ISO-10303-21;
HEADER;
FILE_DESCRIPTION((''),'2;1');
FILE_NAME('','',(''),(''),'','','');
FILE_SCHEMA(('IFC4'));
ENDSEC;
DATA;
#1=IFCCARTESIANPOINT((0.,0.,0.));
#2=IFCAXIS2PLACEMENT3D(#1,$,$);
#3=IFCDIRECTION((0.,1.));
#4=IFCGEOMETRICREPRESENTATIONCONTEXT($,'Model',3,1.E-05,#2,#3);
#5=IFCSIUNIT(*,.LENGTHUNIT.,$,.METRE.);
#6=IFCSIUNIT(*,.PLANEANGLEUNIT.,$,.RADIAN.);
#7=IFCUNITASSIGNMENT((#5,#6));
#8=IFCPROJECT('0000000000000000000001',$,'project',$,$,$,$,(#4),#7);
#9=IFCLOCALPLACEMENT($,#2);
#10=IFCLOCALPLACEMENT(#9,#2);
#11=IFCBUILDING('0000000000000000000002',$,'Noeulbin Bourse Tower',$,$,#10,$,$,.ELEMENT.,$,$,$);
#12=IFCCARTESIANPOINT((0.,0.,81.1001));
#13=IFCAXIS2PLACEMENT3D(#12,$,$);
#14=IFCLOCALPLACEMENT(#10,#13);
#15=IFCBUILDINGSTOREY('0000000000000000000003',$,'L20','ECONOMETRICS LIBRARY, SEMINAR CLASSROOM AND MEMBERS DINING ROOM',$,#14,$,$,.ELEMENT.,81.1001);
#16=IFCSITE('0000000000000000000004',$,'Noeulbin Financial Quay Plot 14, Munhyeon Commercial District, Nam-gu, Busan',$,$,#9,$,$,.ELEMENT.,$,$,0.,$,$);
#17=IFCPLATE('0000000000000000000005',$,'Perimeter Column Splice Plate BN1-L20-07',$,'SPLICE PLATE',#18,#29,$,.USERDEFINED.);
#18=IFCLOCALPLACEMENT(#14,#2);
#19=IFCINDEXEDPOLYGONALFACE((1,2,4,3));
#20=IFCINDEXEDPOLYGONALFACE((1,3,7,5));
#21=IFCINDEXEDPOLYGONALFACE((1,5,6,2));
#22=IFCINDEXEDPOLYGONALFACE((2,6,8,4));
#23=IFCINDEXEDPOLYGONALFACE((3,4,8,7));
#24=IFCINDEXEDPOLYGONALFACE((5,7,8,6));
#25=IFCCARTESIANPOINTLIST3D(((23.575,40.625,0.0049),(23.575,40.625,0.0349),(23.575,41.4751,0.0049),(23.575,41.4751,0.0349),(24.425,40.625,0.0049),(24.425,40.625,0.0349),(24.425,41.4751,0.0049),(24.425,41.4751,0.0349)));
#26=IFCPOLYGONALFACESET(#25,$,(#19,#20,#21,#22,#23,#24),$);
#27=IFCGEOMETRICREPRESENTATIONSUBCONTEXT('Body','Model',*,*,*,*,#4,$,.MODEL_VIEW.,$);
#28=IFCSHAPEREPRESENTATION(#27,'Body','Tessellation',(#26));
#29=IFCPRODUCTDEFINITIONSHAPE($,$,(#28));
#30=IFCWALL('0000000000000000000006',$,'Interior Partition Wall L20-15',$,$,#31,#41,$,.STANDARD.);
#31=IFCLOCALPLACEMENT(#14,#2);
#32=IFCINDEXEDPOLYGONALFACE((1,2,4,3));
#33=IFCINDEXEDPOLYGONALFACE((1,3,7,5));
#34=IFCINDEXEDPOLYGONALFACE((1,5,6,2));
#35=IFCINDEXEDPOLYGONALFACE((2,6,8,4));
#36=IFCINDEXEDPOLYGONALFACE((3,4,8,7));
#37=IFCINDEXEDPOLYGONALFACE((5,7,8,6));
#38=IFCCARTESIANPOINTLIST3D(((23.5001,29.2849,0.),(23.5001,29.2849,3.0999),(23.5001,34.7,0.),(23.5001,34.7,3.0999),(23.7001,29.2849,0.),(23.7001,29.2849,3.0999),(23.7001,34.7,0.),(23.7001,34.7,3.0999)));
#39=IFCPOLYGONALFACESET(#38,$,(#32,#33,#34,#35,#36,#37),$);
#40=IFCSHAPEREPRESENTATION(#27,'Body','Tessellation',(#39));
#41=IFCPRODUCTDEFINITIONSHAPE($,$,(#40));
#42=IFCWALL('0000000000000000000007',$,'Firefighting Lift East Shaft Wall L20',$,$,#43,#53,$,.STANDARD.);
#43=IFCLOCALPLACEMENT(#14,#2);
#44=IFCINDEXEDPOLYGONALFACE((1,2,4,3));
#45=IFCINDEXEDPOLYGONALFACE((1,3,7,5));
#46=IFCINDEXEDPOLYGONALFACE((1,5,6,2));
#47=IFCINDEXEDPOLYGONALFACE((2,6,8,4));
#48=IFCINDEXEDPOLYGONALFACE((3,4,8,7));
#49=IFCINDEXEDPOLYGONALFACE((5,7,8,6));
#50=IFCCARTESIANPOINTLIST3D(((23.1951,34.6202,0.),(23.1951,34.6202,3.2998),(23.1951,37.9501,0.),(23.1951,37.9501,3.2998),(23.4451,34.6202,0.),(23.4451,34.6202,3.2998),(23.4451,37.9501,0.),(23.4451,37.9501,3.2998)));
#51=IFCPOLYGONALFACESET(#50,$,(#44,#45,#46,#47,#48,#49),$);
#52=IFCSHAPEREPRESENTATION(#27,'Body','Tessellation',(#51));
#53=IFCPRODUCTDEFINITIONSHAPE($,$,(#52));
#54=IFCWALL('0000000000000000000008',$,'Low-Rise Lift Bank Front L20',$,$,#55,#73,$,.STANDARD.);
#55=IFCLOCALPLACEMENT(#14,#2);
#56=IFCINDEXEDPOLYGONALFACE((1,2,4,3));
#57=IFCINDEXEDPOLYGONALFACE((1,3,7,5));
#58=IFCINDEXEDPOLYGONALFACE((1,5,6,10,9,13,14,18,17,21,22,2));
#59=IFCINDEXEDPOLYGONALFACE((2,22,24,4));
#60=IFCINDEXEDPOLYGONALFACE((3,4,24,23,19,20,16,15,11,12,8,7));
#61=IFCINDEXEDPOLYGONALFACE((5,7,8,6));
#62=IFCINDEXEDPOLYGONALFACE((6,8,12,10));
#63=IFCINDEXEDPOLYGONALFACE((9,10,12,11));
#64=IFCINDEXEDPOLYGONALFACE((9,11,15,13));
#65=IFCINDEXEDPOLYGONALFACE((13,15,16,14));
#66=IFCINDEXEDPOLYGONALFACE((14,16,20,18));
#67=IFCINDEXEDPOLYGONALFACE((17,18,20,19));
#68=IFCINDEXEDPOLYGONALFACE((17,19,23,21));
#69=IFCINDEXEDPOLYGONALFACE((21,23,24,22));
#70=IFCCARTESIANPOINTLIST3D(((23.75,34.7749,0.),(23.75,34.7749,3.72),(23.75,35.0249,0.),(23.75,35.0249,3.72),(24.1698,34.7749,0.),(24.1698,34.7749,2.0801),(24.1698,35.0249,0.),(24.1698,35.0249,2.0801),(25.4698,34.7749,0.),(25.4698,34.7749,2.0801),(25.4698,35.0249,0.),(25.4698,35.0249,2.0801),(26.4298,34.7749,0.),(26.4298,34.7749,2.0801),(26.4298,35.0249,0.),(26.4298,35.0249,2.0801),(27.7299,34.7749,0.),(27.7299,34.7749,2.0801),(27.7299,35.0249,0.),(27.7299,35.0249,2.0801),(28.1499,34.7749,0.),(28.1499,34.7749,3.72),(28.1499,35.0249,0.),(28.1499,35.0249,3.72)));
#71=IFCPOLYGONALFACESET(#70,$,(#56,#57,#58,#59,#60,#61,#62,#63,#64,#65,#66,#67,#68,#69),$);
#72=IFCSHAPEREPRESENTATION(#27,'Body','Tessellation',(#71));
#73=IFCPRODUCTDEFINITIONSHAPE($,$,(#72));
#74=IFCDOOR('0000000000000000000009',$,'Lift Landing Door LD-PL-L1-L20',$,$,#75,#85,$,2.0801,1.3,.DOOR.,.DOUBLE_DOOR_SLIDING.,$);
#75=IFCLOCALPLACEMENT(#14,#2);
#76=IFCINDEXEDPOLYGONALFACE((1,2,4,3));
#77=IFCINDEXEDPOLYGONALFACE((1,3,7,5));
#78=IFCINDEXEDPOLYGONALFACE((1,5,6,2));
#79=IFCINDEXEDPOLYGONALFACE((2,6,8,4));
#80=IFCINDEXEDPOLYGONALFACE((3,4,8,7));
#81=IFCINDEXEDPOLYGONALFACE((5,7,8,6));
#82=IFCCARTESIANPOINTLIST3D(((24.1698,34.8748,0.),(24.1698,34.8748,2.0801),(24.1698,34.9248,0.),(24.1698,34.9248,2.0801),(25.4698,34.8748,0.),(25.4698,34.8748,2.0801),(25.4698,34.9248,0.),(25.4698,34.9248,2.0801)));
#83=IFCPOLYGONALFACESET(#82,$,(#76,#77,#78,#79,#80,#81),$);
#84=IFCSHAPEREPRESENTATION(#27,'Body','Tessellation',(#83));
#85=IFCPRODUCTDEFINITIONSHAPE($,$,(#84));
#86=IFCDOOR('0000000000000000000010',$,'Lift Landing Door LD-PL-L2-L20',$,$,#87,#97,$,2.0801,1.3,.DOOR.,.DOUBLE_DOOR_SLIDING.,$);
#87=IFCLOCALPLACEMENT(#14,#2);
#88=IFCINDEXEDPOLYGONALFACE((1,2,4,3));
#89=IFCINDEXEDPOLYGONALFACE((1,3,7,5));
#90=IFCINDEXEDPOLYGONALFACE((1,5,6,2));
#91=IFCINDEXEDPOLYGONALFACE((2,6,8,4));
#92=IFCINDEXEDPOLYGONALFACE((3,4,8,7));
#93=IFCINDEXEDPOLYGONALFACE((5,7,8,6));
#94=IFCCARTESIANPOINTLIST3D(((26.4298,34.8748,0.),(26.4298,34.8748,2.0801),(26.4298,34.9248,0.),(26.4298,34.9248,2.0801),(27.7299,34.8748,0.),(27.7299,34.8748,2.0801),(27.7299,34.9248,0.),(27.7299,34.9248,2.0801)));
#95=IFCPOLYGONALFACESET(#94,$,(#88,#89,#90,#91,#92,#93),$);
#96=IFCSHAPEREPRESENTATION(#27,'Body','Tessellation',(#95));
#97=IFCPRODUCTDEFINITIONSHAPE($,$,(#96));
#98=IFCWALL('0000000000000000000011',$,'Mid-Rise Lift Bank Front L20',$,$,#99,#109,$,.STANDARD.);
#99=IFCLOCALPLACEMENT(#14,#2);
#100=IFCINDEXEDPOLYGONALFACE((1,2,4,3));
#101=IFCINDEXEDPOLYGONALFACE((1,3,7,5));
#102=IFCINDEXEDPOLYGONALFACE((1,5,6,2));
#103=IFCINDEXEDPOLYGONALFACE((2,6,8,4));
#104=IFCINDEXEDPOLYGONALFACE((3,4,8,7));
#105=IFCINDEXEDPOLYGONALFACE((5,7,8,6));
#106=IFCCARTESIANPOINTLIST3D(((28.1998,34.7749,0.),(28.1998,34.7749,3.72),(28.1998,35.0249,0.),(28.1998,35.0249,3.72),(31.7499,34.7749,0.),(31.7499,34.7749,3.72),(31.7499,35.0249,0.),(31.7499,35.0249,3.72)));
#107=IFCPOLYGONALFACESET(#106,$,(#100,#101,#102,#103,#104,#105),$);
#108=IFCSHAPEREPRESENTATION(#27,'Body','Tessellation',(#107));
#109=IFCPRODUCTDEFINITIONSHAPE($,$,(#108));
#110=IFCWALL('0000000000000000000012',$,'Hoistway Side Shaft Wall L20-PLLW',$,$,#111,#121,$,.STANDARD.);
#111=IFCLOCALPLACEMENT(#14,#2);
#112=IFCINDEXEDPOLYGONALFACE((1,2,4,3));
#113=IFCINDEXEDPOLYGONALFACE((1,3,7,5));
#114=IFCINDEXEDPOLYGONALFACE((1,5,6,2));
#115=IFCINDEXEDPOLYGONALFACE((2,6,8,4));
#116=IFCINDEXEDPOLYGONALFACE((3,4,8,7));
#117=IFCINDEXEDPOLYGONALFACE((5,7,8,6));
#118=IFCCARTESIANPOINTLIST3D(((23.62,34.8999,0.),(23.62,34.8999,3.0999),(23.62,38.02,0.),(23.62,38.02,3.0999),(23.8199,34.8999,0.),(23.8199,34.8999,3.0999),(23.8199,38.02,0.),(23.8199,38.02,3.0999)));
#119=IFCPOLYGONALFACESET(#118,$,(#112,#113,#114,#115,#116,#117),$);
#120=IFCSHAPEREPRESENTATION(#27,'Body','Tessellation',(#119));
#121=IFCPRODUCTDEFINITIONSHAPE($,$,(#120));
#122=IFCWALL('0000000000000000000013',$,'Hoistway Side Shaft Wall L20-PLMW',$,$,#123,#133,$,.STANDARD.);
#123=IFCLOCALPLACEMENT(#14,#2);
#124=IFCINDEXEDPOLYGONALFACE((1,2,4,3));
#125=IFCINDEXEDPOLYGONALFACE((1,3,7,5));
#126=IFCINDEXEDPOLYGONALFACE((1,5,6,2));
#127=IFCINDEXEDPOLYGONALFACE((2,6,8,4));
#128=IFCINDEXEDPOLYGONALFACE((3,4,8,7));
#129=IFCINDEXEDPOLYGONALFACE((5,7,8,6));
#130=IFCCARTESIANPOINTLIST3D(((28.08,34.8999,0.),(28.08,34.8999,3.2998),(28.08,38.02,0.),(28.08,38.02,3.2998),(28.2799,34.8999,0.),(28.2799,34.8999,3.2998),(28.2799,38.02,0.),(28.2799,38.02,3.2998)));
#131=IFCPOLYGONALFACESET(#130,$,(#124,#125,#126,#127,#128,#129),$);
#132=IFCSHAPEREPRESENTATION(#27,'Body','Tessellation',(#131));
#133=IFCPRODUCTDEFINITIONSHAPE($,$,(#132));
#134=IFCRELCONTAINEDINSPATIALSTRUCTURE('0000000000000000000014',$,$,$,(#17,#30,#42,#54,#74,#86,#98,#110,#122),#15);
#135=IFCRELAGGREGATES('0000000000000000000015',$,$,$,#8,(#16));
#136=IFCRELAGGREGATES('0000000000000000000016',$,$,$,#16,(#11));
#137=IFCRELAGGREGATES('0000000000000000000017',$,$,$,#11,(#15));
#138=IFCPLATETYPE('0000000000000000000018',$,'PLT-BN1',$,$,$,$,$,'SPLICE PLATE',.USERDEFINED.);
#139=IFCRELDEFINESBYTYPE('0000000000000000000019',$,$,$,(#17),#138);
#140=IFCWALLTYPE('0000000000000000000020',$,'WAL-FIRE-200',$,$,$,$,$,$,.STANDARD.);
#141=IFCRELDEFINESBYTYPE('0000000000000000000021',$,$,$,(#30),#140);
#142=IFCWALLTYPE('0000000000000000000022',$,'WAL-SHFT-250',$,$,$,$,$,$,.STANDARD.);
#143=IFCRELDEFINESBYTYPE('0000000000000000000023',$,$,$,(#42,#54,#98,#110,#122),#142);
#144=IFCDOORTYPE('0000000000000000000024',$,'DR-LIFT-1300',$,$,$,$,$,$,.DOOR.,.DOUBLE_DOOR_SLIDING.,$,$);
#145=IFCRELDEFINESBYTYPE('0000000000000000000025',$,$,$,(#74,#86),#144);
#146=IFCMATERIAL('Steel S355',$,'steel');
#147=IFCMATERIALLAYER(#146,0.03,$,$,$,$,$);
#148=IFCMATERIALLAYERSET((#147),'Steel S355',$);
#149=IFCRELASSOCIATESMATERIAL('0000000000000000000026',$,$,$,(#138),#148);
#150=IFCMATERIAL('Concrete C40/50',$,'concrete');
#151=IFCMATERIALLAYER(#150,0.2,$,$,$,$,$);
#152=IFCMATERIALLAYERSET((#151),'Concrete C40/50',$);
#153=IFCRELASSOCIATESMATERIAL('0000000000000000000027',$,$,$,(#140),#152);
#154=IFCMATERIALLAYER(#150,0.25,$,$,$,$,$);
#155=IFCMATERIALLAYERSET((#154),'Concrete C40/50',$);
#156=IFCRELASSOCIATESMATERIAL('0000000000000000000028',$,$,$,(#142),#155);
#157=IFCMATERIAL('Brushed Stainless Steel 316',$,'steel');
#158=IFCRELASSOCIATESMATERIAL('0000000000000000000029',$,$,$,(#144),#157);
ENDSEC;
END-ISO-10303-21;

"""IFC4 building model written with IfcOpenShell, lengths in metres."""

from ifc_helpers import new_model, si_unit, direction, frame, frame_2d, origin, origin_2d, place, context, subcontext, project, spatial, rectangle, extrude, material, layer, layer_set, type_object, element, fill, save


model = new_model("IFC4")

# Units and contexts
model_context = context("Model", 3, precision=1e-05, world=origin(), true_north=direction((0.0, 1.0)))
body_context = subcontext(model_context, "Body", "Model", "MODEL_VIEW")
ifc_project = project(units=[si_unit("LENGTHUNIT", "METRE"), si_unit("PLANEANGLEUNIT", "RADIAN")], contexts=[model_context])

# Site, building, storey
site_placement = place(None, origin())
site = spatial("IfcSite", under=ifc_project, at=site_placement, Name="Noeulbin Financial Quay Plot 14, Munhyeon Commercial District, Nam-gu, Busan", CompositionType="ELEMENT", RefElevation=0.0)
building_placement = place(site_placement, origin())
building = spatial("IfcBuilding", under=site, at=building_placement, Name="Noeulbin Bourse Tower", CompositionType="ELEMENT")
storey_placement = place(building_placement, frame((0.0, 0.0, 81.1001)))
storey = spatial("IfcBuildingStorey", under=building, at=storey_placement, Name="L20", Description="ECONOMETRICS LIBRARY, SEMINAR CLASSROOM AND MEMBERS DINING ROOM", CompositionType="ELEMENT", Elevation=81.1001)

# Shared definitions
ifc_material_1 = material(Name="Steel S355", Category="steel")

# Plate
ifc_layer_1 = layer(ifc_material_1, 0.03)
ifc_layer_set_1 = layer_set([ifc_layer_1], Name="Steel S355")
plate_type_1 = type_object("IfcPlateType", Name="PLT-BN1", ElementType="SPLICE PLATE", PredefinedType="USERDEFINED", material=ifc_layer_set_1)
for number, where, z_axis, x_axis, name in (
    (1, (24.0, 41.05, 0.0049), (0.0, 0.0, 1.0), (1.0, 0.0, 0.0), "Perimeter Column Splice Plate BN1-L20-07"),
):
    element("IfcPlate", number, at=place(storey_placement, frame(where, z_axis=z_axis, x_axis=x_axis)), inside=storey, type_object=plate_type_1, Name=name, ObjectType="SPLICE PLATE", PredefinedType="USERDEFINED", context=body_context, shape_type="SweptSolid", body=[
        extrude(rectangle(XDim=0.8501, YDim=0.8501, at=origin_2d()), origin(), (0.0, 0.0, 1.0), 0.03),
    ])

# Walls
ifc_material_2 = material(Name="Concrete C40/50", Category="concrete")
ifc_layer_2 = layer(ifc_material_2, 0.2)
ifc_layer_set_2 = layer_set([ifc_layer_2], Name="Concrete C40/50")
wall_type_1 = type_object("IfcWallType", Name="WAL-FIRE-200", PredefinedType="STANDARD", material=ifc_layer_set_2)
wall_1_placement = place(storey_placement, frame((23.6001, 29.2849, 0.0), z_axis=(0.0, 0.0, 1.0), x_axis=(0.0, 1.0, 0.0)))
element("IfcWall", 2, at=wall_1_placement, inside=storey, type_object=wall_type_1, Name="Interior Partition Wall L20-15", PredefinedType="STANDARD", context=body_context, shape_type="SweptSolid", body=[
    extrude(rectangle(XDim=5.415, YDim=0.2, at=frame_2d((2.7075, 0.0))), origin(), (0.0, 0.0, 1.0), 3.0999),
])
ifc_layer_3 = layer(ifc_material_2, 0.25)
ifc_layer_set_3 = layer_set([ifc_layer_3], Name="Concrete C40/50")
wall_type_2 = type_object("IfcWallType", Name="WAL-SHFT-250", PredefinedType="STANDARD", material=ifc_layer_set_3)
wall_2_placement = place(storey_placement, frame((23.3201, 34.6201, 0.0), z_axis=(0.0, 0.0, 1.0), x_axis=(0.0, 1.0, 0.0)))
element("IfcWall", 3, at=wall_2_placement, inside=storey, type_object=wall_type_2, Name="Firefighting Lift East Shaft Wall L20", PredefinedType="STANDARD", context=body_context, shape_type="SweptSolid", body=[
    extrude(rectangle(XDim=3.3298, YDim=0.25, at=frame_2d((1.665, 0.0))), origin(), (0.0, 0.0, 1.0), 3.2998),
])

# Wall, openings, doors
wall_3_placement = place(storey_placement, frame((23.75, 34.8999, 0.0), z_axis=(0.0, 0.0, 1.0), x_axis=(1.0, 0.0, 0.0)))
wall_3 = element("IfcWall", 4, at=wall_3_placement, inside=storey, type_object=wall_type_2, Name="Low-Rise Lift Bank Front L20", PredefinedType="STANDARD", context=body_context, shape_type="SweptSolid", body=[
    extrude(rectangle(XDim=4.3999, YDim=0.25, at=frame_2d((2.2, 0.0))), origin(), (0.0, 0.0, 1.0), 3.72),
])
opening_1_placement = place(wall_3_placement, frame((0.4199, 0.0, 0.0)))
opening_1 = element("IfcOpeningElement", 5, at=opening_1_placement, cuts=wall_3, PredefinedType="OPENING", context=body_context, shape_type="SweptSolid", body=[
    extrude(rectangle(XDim=1.3, YDim=2.0801, at=frame_2d((0.6499, 1.04))), frame((0.0, 0.135, 0.0), z_axis=(0.0, -1.0, 0.0), x_axis=(1.0, 0.0, 0.0)), (0.0, 0.0, 1.0), 0.27),
])
opening_2_placement = place(wall_3_placement, frame((2.6799, 0.0, 0.0)))
opening_2 = element("IfcOpeningElement", 6, at=opening_2_placement, cuts=wall_3, PredefinedType="OPENING", context=body_context, shape_type="SweptSolid", body=[
    extrude(rectangle(XDim=1.3, YDim=2.0801, at=frame_2d((0.6499, 1.04))), frame((0.0, 0.135, 0.0), z_axis=(0.0, -1.0, 0.0), x_axis=(1.0, 0.0, 0.0)), (0.0, 0.0, 1.0), 0.27),
])
ifc_material_3 = material(Name="Brushed Stainless Steel 316", Category="steel")
door_type = type_object("IfcDoorType", Name="DR-LIFT-1300", OperationType="DOUBLE_DOOR_SLIDING", PredefinedType="DOOR", material=ifc_material_3)
door_1_placement = place(opening_1_placement, origin())
door_1 = element("IfcDoor", 7, at=door_1_placement, inside=storey, type_object=door_type, Name="Lift Landing Door LD-PL-L1-L20", OperationType="DOUBLE_DOOR_SLIDING", OverallHeight=2.0801, OverallWidth=1.3, PredefinedType="DOOR", context=body_context, shape_type="SweptSolid", body=[
    extrude(rectangle(XDim=1.3, YDim=2.0801, at=frame_2d((0.6499, 1.04))), frame((0.0, 0.0249, 0.0), z_axis=(0.0, -1.0, 0.0), x_axis=(1.0, 0.0, 0.0)), (0.0, 0.0, 1.0), 0.05),
])
fill(opening_1, door_1)
door_2_placement = place(opening_2_placement, origin())
door_2 = element("IfcDoor", 8, at=door_2_placement, inside=storey, type_object=door_type, Name="Lift Landing Door LD-PL-L2-L20", OperationType="DOUBLE_DOOR_SLIDING", OverallHeight=2.0801, OverallWidth=1.3, PredefinedType="DOOR", context=body_context, shape_type="SweptSolid", body=[
    extrude(rectangle(XDim=1.3, YDim=2.0801, at=frame_2d((0.6499, 1.04))), frame((0.0, 0.0249, 0.0), z_axis=(0.0, -1.0, 0.0), x_axis=(1.0, 0.0, 0.0)), (0.0, 0.0, 1.0), 0.05),
])
fill(opening_2, door_2)

# Walls
wall_4_placement = place(storey_placement, frame((28.2, 34.8999, 0.0), z_axis=(0.0, 0.0, 1.0), x_axis=(1.0, 0.0, 0.0)))
element("IfcWall", 9, at=wall_4_placement, inside=storey, type_object=wall_type_2, Name="Mid-Rise Lift Bank Front L20", PredefinedType="STANDARD", context=body_context, shape_type="SweptSolid", body=[
    extrude(rectangle(XDim=3.55, YDim=0.25, at=frame_2d((1.7749, 0.0))), origin(), (0.0, 0.0, 1.0), 3.72),
])
wall_5_placement = place(storey_placement, frame((23.72, 34.8999, 0.0), z_axis=(0.0, 0.0, 1.0), x_axis=(0.0, 1.0, 0.0)))
element("IfcWall", 10, at=wall_5_placement, inside=storey, type_object=wall_type_2, Name="Hoistway Side Shaft Wall L20-PLLW", PredefinedType="STANDARD", context=body_context, shape_type="SweptSolid", body=[
    extrude(rectangle(XDim=3.1201, YDim=0.2, at=frame_2d((1.5601, 0.0))), origin(), (0.0, 0.0, 1.0), 3.0999),
])
wall_6_placement = place(storey_placement, frame((28.1799, 34.8999, 0.0), z_axis=(0.0, 0.0, 1.0), x_axis=(0.0, 1.0, 0.0)))
element("IfcWall", 11, at=wall_6_placement, inside=storey, type_object=wall_type_2, Name="Hoistway Side Shaft Wall L20-PLMW", PredefinedType="STANDARD", context=body_context, shape_type="SweptSolid", body=[
    extrude(rectangle(XDim=3.1201, YDim=0.2, at=frame_2d((1.5601, 0.0))), origin(), (0.0, 0.0, 1.0), 3.2998),
])

save(model, "model.ifc")
